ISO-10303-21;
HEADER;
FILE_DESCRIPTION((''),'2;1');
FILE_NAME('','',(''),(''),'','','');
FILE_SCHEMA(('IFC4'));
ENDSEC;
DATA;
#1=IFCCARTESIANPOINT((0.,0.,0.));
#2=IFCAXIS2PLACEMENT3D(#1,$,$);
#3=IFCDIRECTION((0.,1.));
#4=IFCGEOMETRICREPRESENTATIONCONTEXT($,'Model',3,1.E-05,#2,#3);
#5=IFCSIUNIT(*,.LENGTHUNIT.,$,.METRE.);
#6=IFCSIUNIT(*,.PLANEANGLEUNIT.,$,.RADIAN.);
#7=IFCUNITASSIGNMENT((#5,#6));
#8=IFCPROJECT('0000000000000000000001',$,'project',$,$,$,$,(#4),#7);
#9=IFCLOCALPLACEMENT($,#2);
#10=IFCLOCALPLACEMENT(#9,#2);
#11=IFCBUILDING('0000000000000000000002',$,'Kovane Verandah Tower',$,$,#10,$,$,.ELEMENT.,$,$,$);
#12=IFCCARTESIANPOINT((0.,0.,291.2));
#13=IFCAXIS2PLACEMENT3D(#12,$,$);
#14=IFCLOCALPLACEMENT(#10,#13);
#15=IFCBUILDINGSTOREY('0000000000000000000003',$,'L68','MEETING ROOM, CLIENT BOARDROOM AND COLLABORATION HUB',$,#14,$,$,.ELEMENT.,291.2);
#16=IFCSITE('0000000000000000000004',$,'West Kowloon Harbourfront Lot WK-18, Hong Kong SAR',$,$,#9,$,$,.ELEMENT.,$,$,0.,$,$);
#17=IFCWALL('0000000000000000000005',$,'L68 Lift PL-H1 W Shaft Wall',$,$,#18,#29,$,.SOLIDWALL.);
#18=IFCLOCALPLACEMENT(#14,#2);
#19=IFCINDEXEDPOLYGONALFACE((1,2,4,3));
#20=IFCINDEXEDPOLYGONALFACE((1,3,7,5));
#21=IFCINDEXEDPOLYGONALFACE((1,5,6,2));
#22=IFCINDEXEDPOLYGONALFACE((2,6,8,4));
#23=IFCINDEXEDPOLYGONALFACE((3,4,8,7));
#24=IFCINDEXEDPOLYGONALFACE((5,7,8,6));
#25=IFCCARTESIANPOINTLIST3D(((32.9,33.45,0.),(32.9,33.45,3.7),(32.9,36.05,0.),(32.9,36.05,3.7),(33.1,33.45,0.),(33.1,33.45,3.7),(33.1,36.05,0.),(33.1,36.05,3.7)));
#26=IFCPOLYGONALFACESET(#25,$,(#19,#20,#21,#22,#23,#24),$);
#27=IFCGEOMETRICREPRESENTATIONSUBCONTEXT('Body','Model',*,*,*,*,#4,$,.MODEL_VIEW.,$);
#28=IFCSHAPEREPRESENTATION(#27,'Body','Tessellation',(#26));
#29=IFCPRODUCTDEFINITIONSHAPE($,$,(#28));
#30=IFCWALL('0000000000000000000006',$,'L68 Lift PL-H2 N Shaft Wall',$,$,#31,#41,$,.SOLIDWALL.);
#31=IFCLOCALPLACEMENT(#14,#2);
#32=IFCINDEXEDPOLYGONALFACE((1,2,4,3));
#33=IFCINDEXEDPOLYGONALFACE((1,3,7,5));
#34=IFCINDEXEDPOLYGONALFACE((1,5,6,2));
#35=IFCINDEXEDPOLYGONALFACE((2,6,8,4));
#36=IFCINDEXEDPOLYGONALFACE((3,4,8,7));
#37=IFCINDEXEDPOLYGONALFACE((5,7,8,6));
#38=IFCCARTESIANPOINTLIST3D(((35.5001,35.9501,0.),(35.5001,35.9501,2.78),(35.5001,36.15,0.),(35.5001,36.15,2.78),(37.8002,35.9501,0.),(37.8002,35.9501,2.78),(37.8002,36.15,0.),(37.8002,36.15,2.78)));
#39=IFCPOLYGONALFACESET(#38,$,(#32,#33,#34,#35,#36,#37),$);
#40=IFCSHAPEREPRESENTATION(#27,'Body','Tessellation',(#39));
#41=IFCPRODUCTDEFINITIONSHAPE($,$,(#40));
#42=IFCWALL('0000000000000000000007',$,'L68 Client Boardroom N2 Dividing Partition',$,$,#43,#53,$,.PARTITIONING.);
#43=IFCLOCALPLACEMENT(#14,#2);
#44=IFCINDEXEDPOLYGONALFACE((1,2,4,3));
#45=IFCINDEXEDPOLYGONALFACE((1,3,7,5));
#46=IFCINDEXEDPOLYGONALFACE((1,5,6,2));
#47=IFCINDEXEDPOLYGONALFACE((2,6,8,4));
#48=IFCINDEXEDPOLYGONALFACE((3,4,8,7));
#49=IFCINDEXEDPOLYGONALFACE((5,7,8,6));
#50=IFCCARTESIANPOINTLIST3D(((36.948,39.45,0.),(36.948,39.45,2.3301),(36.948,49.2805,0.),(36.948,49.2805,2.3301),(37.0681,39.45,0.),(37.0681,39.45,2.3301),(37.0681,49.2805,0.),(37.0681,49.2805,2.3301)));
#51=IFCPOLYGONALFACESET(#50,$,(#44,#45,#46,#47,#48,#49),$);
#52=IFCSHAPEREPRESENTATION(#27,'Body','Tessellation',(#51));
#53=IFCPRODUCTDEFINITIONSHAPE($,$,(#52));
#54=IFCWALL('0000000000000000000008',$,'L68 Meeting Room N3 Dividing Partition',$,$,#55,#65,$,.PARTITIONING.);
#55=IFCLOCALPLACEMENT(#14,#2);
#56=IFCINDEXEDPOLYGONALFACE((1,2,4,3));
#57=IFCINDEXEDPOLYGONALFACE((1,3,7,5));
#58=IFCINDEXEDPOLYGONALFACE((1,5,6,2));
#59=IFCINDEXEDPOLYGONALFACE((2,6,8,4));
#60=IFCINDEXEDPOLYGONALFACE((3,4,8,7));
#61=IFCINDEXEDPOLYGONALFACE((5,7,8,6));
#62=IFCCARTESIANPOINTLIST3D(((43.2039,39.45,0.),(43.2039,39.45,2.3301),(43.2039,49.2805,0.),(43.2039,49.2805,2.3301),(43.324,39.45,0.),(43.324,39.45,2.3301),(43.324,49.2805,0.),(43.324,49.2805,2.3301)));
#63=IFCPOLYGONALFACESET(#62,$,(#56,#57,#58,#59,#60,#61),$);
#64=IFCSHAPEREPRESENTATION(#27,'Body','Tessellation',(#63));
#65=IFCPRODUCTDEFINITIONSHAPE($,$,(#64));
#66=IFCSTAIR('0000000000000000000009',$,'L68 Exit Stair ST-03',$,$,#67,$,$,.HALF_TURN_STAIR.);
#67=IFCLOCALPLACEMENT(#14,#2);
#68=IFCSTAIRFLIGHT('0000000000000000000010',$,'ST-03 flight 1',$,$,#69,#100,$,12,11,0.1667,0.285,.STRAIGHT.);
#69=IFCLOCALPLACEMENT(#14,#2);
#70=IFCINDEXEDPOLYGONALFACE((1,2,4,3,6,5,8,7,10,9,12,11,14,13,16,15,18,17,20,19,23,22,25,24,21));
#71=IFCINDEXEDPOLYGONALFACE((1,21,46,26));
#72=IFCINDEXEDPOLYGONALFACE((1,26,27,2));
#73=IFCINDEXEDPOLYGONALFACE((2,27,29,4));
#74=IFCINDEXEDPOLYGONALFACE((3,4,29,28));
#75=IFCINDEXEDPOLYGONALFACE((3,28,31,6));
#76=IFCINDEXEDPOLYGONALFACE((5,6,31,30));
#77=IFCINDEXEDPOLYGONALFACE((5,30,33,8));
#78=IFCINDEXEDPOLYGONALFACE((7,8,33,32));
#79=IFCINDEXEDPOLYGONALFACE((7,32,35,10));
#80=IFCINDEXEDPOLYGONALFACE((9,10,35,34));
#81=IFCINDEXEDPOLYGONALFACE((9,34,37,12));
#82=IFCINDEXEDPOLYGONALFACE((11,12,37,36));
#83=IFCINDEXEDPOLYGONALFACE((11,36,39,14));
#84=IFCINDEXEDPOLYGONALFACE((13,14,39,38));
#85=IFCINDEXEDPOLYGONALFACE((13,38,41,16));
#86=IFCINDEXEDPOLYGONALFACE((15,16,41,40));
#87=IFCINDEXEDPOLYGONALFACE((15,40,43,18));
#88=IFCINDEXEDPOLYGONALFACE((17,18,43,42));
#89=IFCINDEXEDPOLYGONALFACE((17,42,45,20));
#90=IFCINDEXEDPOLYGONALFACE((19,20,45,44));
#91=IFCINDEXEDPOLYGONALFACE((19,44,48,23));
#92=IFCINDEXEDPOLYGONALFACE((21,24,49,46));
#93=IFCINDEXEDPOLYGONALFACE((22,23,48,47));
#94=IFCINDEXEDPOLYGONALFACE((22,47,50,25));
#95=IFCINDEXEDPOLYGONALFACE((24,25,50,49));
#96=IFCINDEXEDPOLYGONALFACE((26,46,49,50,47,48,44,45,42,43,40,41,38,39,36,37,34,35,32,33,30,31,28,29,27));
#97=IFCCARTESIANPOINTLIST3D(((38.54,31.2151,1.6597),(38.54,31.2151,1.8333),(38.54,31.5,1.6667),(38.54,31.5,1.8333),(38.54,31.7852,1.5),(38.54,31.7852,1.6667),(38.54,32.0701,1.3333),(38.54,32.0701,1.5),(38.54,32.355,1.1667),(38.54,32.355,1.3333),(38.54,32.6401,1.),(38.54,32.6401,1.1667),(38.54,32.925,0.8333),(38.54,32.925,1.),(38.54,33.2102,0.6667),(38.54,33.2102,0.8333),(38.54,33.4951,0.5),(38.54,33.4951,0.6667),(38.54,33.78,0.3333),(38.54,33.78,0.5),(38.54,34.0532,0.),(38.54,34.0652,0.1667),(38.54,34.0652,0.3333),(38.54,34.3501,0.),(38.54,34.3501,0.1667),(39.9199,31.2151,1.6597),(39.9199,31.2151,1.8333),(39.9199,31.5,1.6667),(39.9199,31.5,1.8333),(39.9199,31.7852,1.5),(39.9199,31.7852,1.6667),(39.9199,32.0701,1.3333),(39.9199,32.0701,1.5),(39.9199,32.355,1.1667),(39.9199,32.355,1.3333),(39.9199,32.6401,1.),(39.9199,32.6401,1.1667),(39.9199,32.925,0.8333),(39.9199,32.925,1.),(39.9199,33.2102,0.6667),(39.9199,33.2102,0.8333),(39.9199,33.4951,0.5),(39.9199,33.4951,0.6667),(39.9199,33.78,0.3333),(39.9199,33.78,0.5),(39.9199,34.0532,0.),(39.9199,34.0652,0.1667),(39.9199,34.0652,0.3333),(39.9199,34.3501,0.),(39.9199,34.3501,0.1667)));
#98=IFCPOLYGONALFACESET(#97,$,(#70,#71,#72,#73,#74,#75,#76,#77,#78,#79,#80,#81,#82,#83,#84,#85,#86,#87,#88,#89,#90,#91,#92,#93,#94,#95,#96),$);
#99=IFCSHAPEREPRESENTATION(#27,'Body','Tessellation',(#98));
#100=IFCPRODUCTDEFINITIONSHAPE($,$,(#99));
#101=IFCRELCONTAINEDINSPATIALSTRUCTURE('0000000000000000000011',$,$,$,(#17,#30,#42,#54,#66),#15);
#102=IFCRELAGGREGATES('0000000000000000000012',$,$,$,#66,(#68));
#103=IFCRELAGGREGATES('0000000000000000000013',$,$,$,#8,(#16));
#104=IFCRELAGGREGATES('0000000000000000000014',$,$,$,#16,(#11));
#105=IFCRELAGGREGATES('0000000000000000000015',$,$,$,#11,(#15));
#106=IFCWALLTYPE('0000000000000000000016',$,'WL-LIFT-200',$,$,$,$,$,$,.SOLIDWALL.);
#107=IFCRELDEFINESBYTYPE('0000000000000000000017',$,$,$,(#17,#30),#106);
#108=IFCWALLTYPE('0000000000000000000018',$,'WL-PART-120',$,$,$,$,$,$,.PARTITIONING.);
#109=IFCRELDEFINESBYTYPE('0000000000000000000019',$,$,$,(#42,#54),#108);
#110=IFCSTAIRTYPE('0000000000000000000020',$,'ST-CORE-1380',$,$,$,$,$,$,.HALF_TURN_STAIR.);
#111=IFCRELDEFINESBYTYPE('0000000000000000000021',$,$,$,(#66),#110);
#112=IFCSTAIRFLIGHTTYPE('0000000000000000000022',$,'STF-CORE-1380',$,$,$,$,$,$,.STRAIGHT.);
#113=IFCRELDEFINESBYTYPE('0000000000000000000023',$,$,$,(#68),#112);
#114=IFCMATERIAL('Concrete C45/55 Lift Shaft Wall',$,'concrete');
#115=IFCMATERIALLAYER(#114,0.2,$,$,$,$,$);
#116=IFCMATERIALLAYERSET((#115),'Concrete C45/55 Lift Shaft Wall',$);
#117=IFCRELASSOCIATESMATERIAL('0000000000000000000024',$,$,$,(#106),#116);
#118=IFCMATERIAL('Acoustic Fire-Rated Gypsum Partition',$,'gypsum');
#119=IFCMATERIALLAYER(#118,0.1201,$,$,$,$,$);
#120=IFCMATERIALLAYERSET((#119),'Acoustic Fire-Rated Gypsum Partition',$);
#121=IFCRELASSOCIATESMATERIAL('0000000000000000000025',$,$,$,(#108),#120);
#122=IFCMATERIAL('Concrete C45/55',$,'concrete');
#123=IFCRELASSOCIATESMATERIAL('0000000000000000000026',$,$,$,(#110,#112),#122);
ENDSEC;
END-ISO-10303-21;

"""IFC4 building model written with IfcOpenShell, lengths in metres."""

from ifc_helpers import new_model, si_unit, direction, frame, frame_2d, origin, place, context, subcontext, project, spatial, polyline, rectangle, outline, extrude, material, layer, layer_set, type_object, element, aggregate, save


model = new_model("IFC4")

# Units and contexts
model_context = context("Model", 3, precision=1e-05, world=origin(), true_north=direction((0.0, 1.0)))
body_context = subcontext(model_context, "Body", "Model", "MODEL_VIEW")
ifc_project = project(units=[si_unit("LENGTHUNIT", "METRE"), si_unit("PLANEANGLEUNIT", "RADIAN")], contexts=[model_context])

# Site, building, storey
site_placement = place(None, origin())
site = spatial("IfcSite", under=ifc_project, at=site_placement, Name="West Kowloon Harbourfront Lot WK-18, Hong Kong SAR", CompositionType="ELEMENT", RefElevation=0.0)
building_placement = place(site_placement, origin())
building = spatial("IfcBuilding", under=site, at=building_placement, Name="Kovane Verandah Tower", CompositionType="ELEMENT")
storey_placement = place(building_placement, frame((0.0, 0.0, 291.2)))
storey = spatial("IfcBuildingStorey", under=building, at=storey_placement, Name="L68", Description="MEETING ROOM, CLIENT BOARDROOM AND COLLABORATION HUB", CompositionType="ELEMENT", Elevation=291.2)

# Shared definitions
ifc_material_1 = material(Name="Concrete C45/55 Lift Shaft Wall", Category="concrete")
ifc_layer_1 = layer(ifc_material_1, 0.2)
ifc_layer_set_1 = layer_set([ifc_layer_1], Name="Concrete C45/55 Lift Shaft Wall")
wall_type_1 = type_object("IfcWallType", Name="WL-LIFT-200", PredefinedType="SOLIDWALL", material=ifc_layer_set_1)

# Walls
wall_1_placement = place(storey_placement, frame((33.0, 36.05, 0.0), z_axis=(0.0, 0.0, 1.0), x_axis=(0.0, -1.0, 0.0)))
element("IfcWall", 1, at=wall_1_placement, inside=storey, type_object=wall_type_1, Name="L68 Lift PL-H1 W Shaft Wall", PredefinedType="SOLIDWALL", context=body_context, shape_type="SweptSolid", body=[
    extrude(rectangle(XDim=2.6001, YDim=0.2, at=frame_2d((1.3, 0.0))), origin(), (0.0, 0.0, 1.0), 3.7),
])
wall_2_placement = place(storey_placement, frame((37.8, 36.05, 0.0), z_axis=(0.0, 0.0, 1.0), x_axis=(-1.0, 0.0, 0.0)))
element("IfcWall", 2, at=wall_2_placement, inside=storey, type_object=wall_type_1, Name="L68 Lift PL-H2 N Shaft Wall", PredefinedType="SOLIDWALL", context=body_context, shape_type="SweptSolid", body=[
    extrude(rectangle(XDim=2.3, YDim=0.2, at=frame_2d((1.1499, 0.0))), origin(), (0.0, 0.0, 1.0), 2.78),
])
ifc_material_2 = material(Name="Acoustic Fire-Rated Gypsum Partition", Category="gypsum")
ifc_layer_2 = layer(ifc_material_2, 0.1201)
ifc_layer_set_2 = layer_set([ifc_layer_2], Name="Acoustic Fire-Rated Gypsum Partition")
wall_type_2 = type_object("IfcWallType", Name="WL-PART-120", PredefinedType="PARTITIONING", material=ifc_layer_set_2)
for number, where, z_axis, x_axis, name in (
    (3, (37.0081, 39.45, 0.0), (0.0, 0.0, 1.0), (0.0, 1.0, 0.0), "L68 Client Boardroom N2 Dividing Partition"),
    (4, (43.2639, 39.45, 0.0), (0.0, 0.0, 1.0), (0.0, 1.0, 0.0), "L68 Meeting Room N3 Dividing Partition"),
):
    element("IfcWall", number, at=place(storey_placement, frame(where, z_axis=z_axis, x_axis=x_axis)), inside=storey, type_object=wall_type_2, Name=name, PredefinedType="PARTITIONING", context=body_context, shape_type="SweptSolid", body=[
        extrude(rectangle(XDim=9.8306, YDim=0.1201, at=frame_2d((4.9153, 0.0))), origin(), (0.0, 0.0, 1.0), 2.3301),
    ])

# Stair, stair flight
ifc_material_3 = material(Name="Concrete C45/55", Category="concrete")
stair_type = type_object("IfcStairType", Name="ST-CORE-1380", PredefinedType="HALF_TURN_STAIR", material=ifc_material_3)
stair_placement = place(storey_placement, origin())
stair = element("IfcStair", 5, at=stair_placement, inside=storey, type_object=stair_type, Name="L68 Exit Stair ST-03", PredefinedType="HALF_TURN_STAIR")
stair_flight_type = type_object("IfcStairFlightType", Name="STF-CORE-1380", PredefinedType="STRAIGHT", material=ifc_material_3)
stair_flight_placement = place(storey_placement, frame((39.23, 34.3501, 0.0), z_axis=(0.0, 0.0, 1.0), x_axis=(0.0, -1.0, 0.0)))
stair_flight = element("IfcStairFlight", 6, at=stair_flight_placement, type_object=stair_flight_type, Name="ST-03 flight 1", NumberOfRisers=12, NumberOfTreads=11, PredefinedType="STRAIGHT", RiserHeight=0.1667, TreadLength=0.285, context=body_context, shape_type="SweptSolid", body=[
    extrude(outline(polyline([(0.0, 0.0), (0.0, 0.1667), (0.2849, 0.1667), (0.2849, 0.3333), (0.5701, 0.3333), (0.5701, 0.5), (0.855, 0.5), (0.855, 0.6667), (1.1399, 0.6667), (1.1399, 0.8333), (1.425, 0.8333), (1.425, 1.0), (1.71, 1.0), (1.71, 1.1667), (1.9951, 1.1667), (1.9951, 1.3333), (2.28, 1.3333), (2.28, 1.5), (2.5649, 1.5), (2.5649, 1.6667), (2.8501, 1.6667), (2.8501, 1.8333), (3.135, 1.8333), (3.135, 2.0), (3.135, 1.6597), (0.2969, 0.0), (0.0, 0.0)])), frame((0.0, 0.6899, 0.0), z_axis=(0.0, -1.0, 0.0), x_axis=(1.0, 0.0, 0.0)), (0.0, 0.0, 1.0), 1.3799),
])
aggregate(stair, [stair_flight])

save(model, "model.ifc")
